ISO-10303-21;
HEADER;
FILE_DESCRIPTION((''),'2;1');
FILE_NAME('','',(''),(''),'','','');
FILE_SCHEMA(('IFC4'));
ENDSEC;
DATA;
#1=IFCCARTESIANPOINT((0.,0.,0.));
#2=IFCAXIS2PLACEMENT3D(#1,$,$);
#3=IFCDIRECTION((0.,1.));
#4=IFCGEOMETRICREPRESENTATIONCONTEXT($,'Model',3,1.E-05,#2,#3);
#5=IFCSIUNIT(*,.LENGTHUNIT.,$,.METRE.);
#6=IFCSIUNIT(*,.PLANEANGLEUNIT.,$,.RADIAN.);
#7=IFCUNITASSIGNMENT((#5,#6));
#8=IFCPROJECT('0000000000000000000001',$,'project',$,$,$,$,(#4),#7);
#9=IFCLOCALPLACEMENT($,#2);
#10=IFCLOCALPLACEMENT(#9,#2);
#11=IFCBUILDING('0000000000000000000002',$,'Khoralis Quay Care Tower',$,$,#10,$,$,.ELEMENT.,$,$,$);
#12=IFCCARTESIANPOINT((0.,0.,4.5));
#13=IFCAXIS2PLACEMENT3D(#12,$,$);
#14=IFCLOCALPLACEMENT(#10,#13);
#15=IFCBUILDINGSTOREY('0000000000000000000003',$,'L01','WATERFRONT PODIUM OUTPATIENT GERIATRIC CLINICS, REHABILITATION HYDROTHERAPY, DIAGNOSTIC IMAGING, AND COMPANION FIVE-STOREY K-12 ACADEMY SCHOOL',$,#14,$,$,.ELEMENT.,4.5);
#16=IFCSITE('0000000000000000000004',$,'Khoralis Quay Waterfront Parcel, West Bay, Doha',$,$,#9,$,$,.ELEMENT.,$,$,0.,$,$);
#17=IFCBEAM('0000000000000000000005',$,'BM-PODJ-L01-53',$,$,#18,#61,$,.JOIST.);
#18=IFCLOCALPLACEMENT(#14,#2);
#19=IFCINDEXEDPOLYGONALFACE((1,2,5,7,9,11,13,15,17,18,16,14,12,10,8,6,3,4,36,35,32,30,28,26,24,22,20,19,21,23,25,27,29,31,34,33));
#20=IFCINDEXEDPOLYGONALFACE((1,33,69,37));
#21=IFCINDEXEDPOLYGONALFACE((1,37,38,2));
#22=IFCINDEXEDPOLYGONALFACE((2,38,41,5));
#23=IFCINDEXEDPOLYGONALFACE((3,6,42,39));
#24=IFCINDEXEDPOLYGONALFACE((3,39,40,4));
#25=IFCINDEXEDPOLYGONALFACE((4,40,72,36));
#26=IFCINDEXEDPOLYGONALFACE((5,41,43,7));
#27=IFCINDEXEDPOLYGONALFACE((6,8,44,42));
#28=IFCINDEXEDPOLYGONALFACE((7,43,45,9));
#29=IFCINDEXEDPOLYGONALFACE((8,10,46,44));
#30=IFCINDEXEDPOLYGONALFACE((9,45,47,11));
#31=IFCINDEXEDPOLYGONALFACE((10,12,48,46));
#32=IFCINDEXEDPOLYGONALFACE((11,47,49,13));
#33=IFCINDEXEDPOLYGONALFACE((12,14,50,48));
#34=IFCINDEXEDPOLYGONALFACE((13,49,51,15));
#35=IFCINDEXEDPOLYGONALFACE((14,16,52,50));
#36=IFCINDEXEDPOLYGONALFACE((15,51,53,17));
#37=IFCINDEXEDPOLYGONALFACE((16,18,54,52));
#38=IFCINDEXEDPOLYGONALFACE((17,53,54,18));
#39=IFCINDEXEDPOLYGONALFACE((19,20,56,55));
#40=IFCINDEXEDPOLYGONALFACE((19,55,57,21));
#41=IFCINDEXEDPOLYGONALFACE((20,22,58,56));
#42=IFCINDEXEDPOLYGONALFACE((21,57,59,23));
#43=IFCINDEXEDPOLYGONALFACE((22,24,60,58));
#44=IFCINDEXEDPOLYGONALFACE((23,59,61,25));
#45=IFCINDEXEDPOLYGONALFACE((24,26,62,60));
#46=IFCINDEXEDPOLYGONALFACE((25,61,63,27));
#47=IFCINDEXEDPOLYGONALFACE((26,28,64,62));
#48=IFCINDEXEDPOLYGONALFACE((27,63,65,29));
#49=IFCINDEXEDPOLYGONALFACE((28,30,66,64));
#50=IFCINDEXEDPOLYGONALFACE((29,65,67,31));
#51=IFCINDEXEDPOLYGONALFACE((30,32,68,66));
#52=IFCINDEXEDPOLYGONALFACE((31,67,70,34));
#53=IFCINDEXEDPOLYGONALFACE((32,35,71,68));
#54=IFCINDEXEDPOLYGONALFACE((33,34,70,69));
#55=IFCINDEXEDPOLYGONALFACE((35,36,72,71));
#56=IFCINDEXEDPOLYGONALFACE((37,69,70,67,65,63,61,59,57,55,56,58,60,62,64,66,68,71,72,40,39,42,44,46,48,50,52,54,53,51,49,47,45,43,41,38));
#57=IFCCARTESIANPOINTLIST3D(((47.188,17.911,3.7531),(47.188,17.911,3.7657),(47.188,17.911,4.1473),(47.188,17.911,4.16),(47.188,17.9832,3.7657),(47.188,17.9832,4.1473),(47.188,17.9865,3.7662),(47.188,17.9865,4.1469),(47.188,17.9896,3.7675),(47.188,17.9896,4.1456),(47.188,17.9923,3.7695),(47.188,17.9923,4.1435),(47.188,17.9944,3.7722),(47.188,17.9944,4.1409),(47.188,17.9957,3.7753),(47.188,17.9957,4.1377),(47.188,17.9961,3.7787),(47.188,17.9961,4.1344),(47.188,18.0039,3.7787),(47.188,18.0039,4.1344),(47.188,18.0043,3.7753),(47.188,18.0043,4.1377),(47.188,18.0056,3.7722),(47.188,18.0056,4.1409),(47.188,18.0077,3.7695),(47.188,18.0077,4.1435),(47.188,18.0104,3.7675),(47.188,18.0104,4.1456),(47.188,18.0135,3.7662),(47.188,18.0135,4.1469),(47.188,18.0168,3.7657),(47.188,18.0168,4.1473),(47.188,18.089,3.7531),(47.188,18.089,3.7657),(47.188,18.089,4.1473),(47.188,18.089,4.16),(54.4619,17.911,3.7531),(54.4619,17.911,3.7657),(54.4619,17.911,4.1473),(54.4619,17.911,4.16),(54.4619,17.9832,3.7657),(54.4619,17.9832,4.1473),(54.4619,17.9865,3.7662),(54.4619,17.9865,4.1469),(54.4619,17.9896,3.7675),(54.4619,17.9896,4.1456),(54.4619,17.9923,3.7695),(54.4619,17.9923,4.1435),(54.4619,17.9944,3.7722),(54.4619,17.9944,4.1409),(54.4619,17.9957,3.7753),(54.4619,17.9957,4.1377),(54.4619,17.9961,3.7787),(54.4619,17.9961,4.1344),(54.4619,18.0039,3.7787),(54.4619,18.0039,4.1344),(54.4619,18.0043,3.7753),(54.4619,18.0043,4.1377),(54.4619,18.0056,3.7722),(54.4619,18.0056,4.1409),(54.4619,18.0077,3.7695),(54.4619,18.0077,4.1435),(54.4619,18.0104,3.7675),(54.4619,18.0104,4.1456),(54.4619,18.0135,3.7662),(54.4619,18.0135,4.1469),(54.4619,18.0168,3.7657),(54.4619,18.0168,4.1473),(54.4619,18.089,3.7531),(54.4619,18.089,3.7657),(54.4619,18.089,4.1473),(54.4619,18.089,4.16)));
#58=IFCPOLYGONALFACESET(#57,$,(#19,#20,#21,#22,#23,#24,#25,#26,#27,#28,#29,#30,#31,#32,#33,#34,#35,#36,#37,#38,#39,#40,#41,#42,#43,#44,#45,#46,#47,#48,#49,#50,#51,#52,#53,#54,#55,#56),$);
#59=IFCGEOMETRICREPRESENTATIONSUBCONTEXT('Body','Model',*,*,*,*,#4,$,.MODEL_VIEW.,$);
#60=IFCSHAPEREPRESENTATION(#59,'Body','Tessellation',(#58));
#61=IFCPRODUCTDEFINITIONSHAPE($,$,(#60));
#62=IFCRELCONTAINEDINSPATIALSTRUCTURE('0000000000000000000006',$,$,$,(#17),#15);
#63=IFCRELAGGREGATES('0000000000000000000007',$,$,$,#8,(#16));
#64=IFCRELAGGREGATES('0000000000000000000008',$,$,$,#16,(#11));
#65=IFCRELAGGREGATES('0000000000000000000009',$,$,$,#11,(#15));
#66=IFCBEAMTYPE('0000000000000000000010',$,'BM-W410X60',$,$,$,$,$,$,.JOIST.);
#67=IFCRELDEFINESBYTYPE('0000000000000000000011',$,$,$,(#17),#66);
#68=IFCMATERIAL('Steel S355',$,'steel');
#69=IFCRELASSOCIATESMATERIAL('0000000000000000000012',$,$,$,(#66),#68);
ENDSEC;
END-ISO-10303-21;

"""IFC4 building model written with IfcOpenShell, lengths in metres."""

from ifc_helpers import new_model, si_unit, direction, frame, origin, origin_2d, place, context, subcontext, project, spatial, i_section, extrude, source, transform, mapped, material, material_profile, profile_set, type_object, element, save


model = new_model("IFC4")

# Units and contexts
model_context = context("Model", 3, precision=1e-05, world=origin(), true_north=direction((0.0, 1.0)))
body_context = subcontext(model_context, "Body", "Model", "MODEL_VIEW")
ifc_project = project(units=[si_unit("LENGTHUNIT", "METRE"), si_unit("PLANEANGLEUNIT", "RADIAN")], contexts=[model_context])

# Site, building, storey
site_placement = place(None, origin())
site = spatial("IfcSite", under=ifc_project, at=site_placement, Name="Khoralis Quay Waterfront Parcel, West Bay, Doha", CompositionType="ELEMENT", RefElevation=0.0)
building_placement = place(site_placement, origin())
building = spatial("IfcBuilding", under=site, at=building_placement, Name="Khoralis Quay Care Tower", CompositionType="ELEMENT")
storey_placement = place(building_placement, frame((0.0, 0.0, 4.5)))
storey = spatial("IfcBuildingStorey", under=building, at=storey_placement, Name="L01", Description="WATERFRONT PODIUM OUTPATIENT GERIATRIC CLINICS, REHABILITATION HYDROTHERAPY, DIAGNOSTIC IMAGING, AND COMPANION FIVE-STOREY K-12 ACADEMY SCHOOL", CompositionType="ELEMENT", Elevation=4.5)

# Beam
ifc_material_1 = material(Name="Steel S355", Category="steel")
ifc_material_profile_1 = material_profile(ifc_material_1, i_section(OverallWidth=0.178, OverallDepth=0.407, WebThickness=0.0078, FlangeThickness=0.0127, FilletRadius=0.0129, at=origin_2d()), Name="Steel S355")
ifc_profile_set_1 = profile_set([ifc_material_profile_1], Name="Steel S355")
beam_type_1 = type_object("IfcBeamType", Name="BM-W410X60", PredefinedType="JOIST", material=ifc_profile_set_1)
shared_shape_1 = source(origin(), body_context, "Body", "SweptSolid", [
    extrude(i_section(OverallWidth=0.178, OverallDepth=0.407, WebThickness=0.0078, FlangeThickness=0.0127, FilletRadius=0.0129, at=origin_2d()), origin(), (0.0, 0.0, 1.0), 7.2739),
])
beam_1_placement = place(storey_placement, frame((47.188, 18.0, 3.9565), z_axis=(1.0, 0.0, 0.0), x_axis=(0.0, 1.0, 0.0)))
element("IfcBeam", 1, at=beam_1_placement, inside=storey, type_object=beam_type_1, Name="BM-PODJ-L01-53", PredefinedType="JOIST", context=body_context, shape_type="MappedRepresentation", body=[
    mapped(shared_shape_1, transform((0.0, 0.0, 0.0), scale=1.0)),
])

save(model, "model.ifc")
